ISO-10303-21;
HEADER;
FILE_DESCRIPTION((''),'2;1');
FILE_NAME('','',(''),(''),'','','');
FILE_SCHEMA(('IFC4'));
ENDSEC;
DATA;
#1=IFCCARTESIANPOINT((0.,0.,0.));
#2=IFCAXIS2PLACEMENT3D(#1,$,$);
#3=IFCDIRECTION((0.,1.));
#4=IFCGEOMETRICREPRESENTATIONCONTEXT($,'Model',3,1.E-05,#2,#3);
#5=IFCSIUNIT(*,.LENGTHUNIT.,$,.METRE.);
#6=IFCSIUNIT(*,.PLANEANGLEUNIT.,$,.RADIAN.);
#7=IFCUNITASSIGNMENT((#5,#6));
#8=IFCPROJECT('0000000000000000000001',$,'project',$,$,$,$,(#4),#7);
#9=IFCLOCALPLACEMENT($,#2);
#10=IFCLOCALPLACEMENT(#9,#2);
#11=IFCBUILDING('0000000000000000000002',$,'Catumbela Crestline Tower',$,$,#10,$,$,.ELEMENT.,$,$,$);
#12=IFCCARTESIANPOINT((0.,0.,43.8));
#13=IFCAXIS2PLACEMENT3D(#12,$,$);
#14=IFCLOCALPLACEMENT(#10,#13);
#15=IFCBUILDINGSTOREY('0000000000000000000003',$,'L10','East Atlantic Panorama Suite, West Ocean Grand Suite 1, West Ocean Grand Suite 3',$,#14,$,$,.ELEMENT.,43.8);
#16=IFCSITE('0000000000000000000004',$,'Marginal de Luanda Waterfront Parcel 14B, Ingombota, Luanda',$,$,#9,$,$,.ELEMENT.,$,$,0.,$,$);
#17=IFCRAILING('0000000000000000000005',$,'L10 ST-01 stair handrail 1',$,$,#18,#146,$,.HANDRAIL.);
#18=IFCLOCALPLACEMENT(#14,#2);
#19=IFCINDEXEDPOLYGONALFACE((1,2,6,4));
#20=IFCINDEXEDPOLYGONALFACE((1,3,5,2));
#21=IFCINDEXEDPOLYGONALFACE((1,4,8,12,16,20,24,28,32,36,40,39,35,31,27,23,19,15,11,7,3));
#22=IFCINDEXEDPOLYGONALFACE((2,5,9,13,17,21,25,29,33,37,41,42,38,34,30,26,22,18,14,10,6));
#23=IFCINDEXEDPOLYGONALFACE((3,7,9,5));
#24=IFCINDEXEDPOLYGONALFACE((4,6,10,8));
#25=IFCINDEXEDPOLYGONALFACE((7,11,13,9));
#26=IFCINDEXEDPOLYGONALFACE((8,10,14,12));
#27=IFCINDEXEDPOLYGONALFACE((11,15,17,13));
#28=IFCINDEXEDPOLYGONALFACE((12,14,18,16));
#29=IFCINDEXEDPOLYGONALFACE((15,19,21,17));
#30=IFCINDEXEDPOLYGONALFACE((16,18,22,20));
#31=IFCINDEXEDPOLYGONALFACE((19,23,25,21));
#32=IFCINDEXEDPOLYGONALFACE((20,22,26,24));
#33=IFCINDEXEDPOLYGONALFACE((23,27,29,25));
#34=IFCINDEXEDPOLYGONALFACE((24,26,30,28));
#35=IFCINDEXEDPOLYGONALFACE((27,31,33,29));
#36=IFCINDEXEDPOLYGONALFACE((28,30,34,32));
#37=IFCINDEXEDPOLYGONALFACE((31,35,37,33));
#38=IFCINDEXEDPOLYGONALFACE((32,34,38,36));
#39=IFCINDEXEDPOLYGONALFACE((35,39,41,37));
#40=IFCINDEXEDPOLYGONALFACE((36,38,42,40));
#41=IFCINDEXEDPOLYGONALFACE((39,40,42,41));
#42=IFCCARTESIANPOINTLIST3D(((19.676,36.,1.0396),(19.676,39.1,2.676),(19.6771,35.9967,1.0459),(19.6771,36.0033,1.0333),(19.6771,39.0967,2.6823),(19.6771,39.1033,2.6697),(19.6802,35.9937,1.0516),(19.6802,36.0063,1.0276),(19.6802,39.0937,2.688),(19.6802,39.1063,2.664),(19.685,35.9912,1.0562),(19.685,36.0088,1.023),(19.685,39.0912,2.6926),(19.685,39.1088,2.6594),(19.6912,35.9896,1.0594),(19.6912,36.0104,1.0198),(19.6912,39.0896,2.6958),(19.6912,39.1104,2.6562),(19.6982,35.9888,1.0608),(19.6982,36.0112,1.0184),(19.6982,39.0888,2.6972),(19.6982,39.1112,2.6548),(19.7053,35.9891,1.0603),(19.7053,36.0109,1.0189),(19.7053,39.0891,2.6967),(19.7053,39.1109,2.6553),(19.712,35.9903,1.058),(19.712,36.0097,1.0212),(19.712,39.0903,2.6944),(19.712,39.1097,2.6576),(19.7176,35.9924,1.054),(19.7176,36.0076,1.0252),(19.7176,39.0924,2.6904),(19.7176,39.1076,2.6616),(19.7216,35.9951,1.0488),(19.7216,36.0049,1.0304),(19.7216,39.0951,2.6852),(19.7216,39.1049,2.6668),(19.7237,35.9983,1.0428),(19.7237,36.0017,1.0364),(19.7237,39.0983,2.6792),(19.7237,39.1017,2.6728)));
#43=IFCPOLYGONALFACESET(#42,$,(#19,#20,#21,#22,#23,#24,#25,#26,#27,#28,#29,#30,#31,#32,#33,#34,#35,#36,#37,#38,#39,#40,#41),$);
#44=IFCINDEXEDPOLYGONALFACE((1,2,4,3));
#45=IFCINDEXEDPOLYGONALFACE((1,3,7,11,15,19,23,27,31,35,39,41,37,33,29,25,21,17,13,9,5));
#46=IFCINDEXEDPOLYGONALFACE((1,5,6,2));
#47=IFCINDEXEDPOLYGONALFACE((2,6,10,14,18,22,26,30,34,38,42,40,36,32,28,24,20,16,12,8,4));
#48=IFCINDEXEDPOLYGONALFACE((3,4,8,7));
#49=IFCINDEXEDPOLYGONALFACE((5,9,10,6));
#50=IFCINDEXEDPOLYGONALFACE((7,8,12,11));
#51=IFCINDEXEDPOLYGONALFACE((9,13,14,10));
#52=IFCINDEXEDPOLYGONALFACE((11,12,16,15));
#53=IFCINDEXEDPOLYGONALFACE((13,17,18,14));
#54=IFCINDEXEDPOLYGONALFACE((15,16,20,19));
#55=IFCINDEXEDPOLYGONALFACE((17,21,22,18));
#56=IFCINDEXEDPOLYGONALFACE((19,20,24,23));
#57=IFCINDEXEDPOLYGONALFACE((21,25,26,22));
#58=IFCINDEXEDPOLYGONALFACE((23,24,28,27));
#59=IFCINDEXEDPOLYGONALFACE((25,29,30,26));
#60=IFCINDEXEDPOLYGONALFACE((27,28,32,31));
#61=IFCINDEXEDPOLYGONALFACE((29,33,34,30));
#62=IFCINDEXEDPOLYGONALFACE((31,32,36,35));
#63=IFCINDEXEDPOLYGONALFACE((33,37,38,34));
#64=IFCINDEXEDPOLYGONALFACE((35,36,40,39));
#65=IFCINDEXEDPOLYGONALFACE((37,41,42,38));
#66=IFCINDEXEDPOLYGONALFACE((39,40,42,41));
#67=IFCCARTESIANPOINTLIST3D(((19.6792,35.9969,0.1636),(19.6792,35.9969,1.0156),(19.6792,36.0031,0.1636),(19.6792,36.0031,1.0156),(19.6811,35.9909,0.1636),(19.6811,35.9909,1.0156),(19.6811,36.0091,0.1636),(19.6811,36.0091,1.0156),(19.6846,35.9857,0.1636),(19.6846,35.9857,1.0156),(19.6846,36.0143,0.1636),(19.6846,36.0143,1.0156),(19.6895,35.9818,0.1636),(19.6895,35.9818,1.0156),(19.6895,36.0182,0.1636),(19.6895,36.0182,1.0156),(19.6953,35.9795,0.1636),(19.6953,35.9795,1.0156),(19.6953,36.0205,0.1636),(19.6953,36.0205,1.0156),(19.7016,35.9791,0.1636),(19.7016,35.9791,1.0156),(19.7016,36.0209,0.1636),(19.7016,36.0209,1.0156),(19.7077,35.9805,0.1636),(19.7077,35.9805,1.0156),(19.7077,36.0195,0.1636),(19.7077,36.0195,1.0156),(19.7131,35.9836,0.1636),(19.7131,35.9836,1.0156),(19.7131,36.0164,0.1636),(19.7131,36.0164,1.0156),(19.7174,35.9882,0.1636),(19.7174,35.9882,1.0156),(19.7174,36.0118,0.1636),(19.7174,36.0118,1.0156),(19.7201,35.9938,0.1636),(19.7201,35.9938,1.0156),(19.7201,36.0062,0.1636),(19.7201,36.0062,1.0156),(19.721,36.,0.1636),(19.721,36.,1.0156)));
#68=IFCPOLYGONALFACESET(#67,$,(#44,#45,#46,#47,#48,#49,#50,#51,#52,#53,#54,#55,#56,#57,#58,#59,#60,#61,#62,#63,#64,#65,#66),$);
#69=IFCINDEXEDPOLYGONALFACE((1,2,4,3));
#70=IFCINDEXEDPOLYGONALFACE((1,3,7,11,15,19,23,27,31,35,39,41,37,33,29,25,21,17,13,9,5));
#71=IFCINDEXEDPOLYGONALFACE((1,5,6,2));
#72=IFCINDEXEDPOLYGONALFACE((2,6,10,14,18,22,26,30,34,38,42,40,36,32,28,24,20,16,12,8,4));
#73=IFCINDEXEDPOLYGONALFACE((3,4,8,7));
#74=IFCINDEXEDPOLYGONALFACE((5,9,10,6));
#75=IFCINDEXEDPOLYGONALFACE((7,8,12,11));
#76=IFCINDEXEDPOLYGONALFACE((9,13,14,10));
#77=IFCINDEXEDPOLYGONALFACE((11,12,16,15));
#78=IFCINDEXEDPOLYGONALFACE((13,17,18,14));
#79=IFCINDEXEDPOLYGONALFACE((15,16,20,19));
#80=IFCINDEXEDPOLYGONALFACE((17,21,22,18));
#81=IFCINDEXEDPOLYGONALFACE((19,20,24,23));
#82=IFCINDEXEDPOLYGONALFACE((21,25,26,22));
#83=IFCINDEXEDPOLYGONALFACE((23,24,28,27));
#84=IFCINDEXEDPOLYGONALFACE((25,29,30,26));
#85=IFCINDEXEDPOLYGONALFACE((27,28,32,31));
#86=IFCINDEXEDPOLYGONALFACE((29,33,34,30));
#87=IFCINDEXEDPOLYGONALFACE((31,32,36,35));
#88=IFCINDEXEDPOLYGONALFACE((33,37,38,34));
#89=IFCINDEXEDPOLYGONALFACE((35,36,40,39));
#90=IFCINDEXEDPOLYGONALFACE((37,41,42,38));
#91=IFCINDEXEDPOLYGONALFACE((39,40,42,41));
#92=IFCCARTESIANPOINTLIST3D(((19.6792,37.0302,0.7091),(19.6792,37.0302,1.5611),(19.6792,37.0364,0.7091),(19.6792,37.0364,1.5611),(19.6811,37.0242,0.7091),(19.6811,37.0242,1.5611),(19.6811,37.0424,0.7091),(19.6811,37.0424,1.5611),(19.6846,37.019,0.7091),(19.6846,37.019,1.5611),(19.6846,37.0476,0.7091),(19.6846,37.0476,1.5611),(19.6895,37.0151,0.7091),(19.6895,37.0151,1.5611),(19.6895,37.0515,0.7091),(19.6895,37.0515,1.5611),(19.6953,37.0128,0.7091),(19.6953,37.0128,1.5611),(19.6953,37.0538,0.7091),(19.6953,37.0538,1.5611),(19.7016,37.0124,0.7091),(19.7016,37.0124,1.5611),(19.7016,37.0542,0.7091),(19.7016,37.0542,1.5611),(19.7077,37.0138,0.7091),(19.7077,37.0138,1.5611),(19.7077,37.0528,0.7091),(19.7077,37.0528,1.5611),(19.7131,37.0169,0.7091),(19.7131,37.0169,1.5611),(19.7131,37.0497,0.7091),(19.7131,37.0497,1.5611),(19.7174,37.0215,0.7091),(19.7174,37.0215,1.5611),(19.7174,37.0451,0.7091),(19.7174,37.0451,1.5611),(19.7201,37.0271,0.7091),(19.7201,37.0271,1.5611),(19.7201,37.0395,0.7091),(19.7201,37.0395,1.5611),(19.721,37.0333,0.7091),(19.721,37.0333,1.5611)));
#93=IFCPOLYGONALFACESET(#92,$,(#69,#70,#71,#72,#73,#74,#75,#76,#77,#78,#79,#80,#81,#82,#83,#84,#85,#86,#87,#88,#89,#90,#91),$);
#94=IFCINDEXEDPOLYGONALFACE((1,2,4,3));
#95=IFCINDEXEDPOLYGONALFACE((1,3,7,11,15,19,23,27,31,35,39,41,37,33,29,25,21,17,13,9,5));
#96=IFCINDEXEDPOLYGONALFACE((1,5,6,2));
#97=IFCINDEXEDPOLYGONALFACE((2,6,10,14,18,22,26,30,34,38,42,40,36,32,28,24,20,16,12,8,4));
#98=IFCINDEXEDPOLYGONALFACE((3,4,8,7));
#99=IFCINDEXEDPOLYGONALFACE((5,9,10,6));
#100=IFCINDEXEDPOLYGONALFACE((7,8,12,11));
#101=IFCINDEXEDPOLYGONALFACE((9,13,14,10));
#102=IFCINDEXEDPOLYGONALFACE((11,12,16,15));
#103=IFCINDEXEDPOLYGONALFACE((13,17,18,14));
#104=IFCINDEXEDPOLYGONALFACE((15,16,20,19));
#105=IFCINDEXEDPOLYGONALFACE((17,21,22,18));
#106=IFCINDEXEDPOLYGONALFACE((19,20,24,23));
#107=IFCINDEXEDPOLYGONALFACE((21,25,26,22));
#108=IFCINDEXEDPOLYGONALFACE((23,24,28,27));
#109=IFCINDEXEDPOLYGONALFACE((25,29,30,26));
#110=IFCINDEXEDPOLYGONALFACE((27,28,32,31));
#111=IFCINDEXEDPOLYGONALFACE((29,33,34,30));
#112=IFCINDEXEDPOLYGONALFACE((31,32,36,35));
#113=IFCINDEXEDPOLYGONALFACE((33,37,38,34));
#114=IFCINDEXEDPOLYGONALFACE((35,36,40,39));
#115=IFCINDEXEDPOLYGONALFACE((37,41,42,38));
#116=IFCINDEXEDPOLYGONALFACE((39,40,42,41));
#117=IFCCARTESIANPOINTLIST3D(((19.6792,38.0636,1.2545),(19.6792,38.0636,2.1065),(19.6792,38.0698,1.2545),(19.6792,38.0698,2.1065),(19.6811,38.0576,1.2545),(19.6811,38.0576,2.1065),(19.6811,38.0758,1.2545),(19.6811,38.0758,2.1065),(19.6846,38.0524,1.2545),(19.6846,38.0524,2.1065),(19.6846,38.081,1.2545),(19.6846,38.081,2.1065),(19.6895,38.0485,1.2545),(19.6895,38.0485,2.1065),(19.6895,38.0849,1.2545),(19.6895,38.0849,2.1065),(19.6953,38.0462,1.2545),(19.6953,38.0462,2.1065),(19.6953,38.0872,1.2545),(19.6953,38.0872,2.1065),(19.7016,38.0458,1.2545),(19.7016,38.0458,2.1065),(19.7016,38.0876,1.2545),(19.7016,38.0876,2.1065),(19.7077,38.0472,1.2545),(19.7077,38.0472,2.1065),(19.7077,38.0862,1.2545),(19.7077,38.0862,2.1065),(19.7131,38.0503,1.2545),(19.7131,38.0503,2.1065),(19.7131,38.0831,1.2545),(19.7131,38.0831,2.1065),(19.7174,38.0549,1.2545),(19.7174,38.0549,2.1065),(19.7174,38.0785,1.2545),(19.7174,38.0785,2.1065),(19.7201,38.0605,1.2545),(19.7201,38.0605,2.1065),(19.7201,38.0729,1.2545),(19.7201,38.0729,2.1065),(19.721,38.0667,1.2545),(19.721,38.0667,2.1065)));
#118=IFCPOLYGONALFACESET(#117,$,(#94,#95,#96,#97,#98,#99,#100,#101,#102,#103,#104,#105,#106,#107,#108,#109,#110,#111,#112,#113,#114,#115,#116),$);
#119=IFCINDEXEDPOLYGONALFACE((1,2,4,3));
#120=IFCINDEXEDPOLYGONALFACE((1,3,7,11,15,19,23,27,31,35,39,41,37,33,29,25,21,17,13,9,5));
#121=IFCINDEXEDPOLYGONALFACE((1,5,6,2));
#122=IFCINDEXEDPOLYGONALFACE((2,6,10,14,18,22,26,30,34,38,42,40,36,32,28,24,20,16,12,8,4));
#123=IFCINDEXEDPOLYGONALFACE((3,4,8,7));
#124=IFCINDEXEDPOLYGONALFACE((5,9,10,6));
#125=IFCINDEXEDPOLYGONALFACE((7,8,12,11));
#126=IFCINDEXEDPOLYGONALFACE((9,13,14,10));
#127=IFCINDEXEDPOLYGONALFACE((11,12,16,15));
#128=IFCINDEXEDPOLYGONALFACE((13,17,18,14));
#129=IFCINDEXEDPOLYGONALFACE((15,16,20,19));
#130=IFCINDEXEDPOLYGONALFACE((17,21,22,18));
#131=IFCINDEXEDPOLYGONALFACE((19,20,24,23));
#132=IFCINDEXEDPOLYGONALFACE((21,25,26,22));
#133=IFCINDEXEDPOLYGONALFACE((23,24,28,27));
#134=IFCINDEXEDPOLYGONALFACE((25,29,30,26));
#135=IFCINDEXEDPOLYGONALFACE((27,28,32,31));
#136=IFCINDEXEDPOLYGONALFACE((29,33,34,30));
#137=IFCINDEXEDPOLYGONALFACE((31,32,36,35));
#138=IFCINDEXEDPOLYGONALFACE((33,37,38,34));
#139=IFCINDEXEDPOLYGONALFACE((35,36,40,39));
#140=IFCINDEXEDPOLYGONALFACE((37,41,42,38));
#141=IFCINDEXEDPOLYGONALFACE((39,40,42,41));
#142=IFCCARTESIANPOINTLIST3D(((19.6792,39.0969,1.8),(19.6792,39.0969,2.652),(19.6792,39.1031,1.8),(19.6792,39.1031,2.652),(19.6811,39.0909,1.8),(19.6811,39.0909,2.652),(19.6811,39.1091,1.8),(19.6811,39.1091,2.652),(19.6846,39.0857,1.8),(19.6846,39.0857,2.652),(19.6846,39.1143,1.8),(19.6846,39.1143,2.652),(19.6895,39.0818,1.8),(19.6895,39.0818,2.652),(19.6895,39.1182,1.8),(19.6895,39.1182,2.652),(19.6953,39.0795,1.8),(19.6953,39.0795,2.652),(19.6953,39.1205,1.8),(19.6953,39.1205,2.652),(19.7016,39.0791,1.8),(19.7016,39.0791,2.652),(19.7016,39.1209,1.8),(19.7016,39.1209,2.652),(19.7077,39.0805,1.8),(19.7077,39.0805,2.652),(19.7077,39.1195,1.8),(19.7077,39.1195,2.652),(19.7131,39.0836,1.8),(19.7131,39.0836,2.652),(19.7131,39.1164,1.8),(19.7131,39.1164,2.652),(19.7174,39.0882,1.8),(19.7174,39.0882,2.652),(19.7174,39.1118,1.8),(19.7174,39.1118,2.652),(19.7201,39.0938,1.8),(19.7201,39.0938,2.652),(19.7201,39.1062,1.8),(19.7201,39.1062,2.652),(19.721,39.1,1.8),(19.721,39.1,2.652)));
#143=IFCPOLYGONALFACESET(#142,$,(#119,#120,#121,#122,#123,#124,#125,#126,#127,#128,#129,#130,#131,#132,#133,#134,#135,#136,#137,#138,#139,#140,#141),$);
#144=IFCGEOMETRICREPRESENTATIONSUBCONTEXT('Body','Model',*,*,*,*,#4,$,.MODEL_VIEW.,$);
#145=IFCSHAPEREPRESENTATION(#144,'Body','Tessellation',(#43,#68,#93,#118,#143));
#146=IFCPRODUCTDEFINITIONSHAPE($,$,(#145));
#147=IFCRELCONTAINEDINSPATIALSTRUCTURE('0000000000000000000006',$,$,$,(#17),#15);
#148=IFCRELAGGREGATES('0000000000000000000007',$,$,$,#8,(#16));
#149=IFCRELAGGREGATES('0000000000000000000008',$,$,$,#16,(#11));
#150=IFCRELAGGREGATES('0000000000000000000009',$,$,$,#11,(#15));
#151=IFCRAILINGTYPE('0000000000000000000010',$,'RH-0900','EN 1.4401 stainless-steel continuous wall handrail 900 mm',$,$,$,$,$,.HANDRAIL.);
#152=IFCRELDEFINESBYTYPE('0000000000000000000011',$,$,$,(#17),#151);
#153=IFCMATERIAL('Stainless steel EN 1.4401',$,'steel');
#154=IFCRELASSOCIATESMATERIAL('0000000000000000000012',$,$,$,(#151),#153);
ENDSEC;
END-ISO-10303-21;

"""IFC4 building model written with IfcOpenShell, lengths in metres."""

from ifc_helpers import new_model, si_unit, direction, frame, origin, origin_2d, place, context, subcontext, project, spatial, circle, extrude, material, type_object, element, save


model = new_model("IFC4")

# Units and contexts
model_context = context("Model", 3, precision=1e-05, world=origin(), true_north=direction((0.0, 1.0)))
body_context = subcontext(model_context, "Body", "Model", "MODEL_VIEW")
ifc_project = project(units=[si_unit("LENGTHUNIT", "METRE"), si_unit("PLANEANGLEUNIT", "RADIAN")], contexts=[model_context])

# Site, building, storey
site_placement = place(None, origin())
site = spatial("IfcSite", under=ifc_project, at=site_placement, Name="Marginal de Luanda Waterfront Parcel 14B, Ingombota, Luanda", CompositionType="ELEMENT", RefElevation=0.0)
building_placement = place(site_placement, origin())
building = spatial("IfcBuilding", under=site, at=building_placement, Name="Catumbela Crestline Tower", CompositionType="ELEMENT")
storey_placement = place(building_placement, frame((0.0, 0.0, 43.8)))
storey = spatial("IfcBuildingStorey", under=building, at=storey_placement, Name="L10", Description="East Atlantic Panorama Suite, West Ocean Grand Suite 1, West Ocean Grand Suite 3", CompositionType="ELEMENT", Elevation=43.8)

# Shared definitions
ifc_material_1 = material(Name="Stainless steel EN 1.4401", Category="steel")

# Railing
railing_type_1 = type_object("IfcRailingType", Name="RH-0900", Description="EN 1.4401 stainless-steel continuous wall handrail 900 mm", PredefinedType="HANDRAIL", material=ifc_material_1)
railing_1_placement = place(storey_placement, frame((19.7, 36.0, 0.1636)))
element("IfcRailing", 1, at=railing_1_placement, inside=storey, type_object=railing_type_1, Name="L10 ST-01 stair handrail 1", PredefinedType="HANDRAIL", context=body_context, shape_type="SweptSolid", body=[
    extrude(circle(Radius=0.024, at=origin_2d()), frame((0.0, 0.0, 0.876), z_axis=(0.0, 0.884351, 0.466823), x_axis=(-1.0, 0.0, 0.0)), (0.0, 0.0, 1.0), 3.5054),
    extrude(circle(Radius=0.021, at=origin_2d()), origin(), (0.0, 0.0, 1.0), 0.852),
    extrude(circle(Radius=0.021, at=origin_2d()), frame((0.0, 1.0333, 0.5455)), (0.0, 0.0, 1.0), 0.852),
    extrude(circle(Radius=0.021, at=origin_2d()), frame((0.0, 2.0667, 1.0909)), (0.0, 0.0, 1.0), 0.852),
    extrude(circle(Radius=0.021, at=origin_2d()), frame((0.0, 3.1, 1.6364)), (0.0, 0.0, 1.0), 0.852),
])

save(model, "model.ifc")
